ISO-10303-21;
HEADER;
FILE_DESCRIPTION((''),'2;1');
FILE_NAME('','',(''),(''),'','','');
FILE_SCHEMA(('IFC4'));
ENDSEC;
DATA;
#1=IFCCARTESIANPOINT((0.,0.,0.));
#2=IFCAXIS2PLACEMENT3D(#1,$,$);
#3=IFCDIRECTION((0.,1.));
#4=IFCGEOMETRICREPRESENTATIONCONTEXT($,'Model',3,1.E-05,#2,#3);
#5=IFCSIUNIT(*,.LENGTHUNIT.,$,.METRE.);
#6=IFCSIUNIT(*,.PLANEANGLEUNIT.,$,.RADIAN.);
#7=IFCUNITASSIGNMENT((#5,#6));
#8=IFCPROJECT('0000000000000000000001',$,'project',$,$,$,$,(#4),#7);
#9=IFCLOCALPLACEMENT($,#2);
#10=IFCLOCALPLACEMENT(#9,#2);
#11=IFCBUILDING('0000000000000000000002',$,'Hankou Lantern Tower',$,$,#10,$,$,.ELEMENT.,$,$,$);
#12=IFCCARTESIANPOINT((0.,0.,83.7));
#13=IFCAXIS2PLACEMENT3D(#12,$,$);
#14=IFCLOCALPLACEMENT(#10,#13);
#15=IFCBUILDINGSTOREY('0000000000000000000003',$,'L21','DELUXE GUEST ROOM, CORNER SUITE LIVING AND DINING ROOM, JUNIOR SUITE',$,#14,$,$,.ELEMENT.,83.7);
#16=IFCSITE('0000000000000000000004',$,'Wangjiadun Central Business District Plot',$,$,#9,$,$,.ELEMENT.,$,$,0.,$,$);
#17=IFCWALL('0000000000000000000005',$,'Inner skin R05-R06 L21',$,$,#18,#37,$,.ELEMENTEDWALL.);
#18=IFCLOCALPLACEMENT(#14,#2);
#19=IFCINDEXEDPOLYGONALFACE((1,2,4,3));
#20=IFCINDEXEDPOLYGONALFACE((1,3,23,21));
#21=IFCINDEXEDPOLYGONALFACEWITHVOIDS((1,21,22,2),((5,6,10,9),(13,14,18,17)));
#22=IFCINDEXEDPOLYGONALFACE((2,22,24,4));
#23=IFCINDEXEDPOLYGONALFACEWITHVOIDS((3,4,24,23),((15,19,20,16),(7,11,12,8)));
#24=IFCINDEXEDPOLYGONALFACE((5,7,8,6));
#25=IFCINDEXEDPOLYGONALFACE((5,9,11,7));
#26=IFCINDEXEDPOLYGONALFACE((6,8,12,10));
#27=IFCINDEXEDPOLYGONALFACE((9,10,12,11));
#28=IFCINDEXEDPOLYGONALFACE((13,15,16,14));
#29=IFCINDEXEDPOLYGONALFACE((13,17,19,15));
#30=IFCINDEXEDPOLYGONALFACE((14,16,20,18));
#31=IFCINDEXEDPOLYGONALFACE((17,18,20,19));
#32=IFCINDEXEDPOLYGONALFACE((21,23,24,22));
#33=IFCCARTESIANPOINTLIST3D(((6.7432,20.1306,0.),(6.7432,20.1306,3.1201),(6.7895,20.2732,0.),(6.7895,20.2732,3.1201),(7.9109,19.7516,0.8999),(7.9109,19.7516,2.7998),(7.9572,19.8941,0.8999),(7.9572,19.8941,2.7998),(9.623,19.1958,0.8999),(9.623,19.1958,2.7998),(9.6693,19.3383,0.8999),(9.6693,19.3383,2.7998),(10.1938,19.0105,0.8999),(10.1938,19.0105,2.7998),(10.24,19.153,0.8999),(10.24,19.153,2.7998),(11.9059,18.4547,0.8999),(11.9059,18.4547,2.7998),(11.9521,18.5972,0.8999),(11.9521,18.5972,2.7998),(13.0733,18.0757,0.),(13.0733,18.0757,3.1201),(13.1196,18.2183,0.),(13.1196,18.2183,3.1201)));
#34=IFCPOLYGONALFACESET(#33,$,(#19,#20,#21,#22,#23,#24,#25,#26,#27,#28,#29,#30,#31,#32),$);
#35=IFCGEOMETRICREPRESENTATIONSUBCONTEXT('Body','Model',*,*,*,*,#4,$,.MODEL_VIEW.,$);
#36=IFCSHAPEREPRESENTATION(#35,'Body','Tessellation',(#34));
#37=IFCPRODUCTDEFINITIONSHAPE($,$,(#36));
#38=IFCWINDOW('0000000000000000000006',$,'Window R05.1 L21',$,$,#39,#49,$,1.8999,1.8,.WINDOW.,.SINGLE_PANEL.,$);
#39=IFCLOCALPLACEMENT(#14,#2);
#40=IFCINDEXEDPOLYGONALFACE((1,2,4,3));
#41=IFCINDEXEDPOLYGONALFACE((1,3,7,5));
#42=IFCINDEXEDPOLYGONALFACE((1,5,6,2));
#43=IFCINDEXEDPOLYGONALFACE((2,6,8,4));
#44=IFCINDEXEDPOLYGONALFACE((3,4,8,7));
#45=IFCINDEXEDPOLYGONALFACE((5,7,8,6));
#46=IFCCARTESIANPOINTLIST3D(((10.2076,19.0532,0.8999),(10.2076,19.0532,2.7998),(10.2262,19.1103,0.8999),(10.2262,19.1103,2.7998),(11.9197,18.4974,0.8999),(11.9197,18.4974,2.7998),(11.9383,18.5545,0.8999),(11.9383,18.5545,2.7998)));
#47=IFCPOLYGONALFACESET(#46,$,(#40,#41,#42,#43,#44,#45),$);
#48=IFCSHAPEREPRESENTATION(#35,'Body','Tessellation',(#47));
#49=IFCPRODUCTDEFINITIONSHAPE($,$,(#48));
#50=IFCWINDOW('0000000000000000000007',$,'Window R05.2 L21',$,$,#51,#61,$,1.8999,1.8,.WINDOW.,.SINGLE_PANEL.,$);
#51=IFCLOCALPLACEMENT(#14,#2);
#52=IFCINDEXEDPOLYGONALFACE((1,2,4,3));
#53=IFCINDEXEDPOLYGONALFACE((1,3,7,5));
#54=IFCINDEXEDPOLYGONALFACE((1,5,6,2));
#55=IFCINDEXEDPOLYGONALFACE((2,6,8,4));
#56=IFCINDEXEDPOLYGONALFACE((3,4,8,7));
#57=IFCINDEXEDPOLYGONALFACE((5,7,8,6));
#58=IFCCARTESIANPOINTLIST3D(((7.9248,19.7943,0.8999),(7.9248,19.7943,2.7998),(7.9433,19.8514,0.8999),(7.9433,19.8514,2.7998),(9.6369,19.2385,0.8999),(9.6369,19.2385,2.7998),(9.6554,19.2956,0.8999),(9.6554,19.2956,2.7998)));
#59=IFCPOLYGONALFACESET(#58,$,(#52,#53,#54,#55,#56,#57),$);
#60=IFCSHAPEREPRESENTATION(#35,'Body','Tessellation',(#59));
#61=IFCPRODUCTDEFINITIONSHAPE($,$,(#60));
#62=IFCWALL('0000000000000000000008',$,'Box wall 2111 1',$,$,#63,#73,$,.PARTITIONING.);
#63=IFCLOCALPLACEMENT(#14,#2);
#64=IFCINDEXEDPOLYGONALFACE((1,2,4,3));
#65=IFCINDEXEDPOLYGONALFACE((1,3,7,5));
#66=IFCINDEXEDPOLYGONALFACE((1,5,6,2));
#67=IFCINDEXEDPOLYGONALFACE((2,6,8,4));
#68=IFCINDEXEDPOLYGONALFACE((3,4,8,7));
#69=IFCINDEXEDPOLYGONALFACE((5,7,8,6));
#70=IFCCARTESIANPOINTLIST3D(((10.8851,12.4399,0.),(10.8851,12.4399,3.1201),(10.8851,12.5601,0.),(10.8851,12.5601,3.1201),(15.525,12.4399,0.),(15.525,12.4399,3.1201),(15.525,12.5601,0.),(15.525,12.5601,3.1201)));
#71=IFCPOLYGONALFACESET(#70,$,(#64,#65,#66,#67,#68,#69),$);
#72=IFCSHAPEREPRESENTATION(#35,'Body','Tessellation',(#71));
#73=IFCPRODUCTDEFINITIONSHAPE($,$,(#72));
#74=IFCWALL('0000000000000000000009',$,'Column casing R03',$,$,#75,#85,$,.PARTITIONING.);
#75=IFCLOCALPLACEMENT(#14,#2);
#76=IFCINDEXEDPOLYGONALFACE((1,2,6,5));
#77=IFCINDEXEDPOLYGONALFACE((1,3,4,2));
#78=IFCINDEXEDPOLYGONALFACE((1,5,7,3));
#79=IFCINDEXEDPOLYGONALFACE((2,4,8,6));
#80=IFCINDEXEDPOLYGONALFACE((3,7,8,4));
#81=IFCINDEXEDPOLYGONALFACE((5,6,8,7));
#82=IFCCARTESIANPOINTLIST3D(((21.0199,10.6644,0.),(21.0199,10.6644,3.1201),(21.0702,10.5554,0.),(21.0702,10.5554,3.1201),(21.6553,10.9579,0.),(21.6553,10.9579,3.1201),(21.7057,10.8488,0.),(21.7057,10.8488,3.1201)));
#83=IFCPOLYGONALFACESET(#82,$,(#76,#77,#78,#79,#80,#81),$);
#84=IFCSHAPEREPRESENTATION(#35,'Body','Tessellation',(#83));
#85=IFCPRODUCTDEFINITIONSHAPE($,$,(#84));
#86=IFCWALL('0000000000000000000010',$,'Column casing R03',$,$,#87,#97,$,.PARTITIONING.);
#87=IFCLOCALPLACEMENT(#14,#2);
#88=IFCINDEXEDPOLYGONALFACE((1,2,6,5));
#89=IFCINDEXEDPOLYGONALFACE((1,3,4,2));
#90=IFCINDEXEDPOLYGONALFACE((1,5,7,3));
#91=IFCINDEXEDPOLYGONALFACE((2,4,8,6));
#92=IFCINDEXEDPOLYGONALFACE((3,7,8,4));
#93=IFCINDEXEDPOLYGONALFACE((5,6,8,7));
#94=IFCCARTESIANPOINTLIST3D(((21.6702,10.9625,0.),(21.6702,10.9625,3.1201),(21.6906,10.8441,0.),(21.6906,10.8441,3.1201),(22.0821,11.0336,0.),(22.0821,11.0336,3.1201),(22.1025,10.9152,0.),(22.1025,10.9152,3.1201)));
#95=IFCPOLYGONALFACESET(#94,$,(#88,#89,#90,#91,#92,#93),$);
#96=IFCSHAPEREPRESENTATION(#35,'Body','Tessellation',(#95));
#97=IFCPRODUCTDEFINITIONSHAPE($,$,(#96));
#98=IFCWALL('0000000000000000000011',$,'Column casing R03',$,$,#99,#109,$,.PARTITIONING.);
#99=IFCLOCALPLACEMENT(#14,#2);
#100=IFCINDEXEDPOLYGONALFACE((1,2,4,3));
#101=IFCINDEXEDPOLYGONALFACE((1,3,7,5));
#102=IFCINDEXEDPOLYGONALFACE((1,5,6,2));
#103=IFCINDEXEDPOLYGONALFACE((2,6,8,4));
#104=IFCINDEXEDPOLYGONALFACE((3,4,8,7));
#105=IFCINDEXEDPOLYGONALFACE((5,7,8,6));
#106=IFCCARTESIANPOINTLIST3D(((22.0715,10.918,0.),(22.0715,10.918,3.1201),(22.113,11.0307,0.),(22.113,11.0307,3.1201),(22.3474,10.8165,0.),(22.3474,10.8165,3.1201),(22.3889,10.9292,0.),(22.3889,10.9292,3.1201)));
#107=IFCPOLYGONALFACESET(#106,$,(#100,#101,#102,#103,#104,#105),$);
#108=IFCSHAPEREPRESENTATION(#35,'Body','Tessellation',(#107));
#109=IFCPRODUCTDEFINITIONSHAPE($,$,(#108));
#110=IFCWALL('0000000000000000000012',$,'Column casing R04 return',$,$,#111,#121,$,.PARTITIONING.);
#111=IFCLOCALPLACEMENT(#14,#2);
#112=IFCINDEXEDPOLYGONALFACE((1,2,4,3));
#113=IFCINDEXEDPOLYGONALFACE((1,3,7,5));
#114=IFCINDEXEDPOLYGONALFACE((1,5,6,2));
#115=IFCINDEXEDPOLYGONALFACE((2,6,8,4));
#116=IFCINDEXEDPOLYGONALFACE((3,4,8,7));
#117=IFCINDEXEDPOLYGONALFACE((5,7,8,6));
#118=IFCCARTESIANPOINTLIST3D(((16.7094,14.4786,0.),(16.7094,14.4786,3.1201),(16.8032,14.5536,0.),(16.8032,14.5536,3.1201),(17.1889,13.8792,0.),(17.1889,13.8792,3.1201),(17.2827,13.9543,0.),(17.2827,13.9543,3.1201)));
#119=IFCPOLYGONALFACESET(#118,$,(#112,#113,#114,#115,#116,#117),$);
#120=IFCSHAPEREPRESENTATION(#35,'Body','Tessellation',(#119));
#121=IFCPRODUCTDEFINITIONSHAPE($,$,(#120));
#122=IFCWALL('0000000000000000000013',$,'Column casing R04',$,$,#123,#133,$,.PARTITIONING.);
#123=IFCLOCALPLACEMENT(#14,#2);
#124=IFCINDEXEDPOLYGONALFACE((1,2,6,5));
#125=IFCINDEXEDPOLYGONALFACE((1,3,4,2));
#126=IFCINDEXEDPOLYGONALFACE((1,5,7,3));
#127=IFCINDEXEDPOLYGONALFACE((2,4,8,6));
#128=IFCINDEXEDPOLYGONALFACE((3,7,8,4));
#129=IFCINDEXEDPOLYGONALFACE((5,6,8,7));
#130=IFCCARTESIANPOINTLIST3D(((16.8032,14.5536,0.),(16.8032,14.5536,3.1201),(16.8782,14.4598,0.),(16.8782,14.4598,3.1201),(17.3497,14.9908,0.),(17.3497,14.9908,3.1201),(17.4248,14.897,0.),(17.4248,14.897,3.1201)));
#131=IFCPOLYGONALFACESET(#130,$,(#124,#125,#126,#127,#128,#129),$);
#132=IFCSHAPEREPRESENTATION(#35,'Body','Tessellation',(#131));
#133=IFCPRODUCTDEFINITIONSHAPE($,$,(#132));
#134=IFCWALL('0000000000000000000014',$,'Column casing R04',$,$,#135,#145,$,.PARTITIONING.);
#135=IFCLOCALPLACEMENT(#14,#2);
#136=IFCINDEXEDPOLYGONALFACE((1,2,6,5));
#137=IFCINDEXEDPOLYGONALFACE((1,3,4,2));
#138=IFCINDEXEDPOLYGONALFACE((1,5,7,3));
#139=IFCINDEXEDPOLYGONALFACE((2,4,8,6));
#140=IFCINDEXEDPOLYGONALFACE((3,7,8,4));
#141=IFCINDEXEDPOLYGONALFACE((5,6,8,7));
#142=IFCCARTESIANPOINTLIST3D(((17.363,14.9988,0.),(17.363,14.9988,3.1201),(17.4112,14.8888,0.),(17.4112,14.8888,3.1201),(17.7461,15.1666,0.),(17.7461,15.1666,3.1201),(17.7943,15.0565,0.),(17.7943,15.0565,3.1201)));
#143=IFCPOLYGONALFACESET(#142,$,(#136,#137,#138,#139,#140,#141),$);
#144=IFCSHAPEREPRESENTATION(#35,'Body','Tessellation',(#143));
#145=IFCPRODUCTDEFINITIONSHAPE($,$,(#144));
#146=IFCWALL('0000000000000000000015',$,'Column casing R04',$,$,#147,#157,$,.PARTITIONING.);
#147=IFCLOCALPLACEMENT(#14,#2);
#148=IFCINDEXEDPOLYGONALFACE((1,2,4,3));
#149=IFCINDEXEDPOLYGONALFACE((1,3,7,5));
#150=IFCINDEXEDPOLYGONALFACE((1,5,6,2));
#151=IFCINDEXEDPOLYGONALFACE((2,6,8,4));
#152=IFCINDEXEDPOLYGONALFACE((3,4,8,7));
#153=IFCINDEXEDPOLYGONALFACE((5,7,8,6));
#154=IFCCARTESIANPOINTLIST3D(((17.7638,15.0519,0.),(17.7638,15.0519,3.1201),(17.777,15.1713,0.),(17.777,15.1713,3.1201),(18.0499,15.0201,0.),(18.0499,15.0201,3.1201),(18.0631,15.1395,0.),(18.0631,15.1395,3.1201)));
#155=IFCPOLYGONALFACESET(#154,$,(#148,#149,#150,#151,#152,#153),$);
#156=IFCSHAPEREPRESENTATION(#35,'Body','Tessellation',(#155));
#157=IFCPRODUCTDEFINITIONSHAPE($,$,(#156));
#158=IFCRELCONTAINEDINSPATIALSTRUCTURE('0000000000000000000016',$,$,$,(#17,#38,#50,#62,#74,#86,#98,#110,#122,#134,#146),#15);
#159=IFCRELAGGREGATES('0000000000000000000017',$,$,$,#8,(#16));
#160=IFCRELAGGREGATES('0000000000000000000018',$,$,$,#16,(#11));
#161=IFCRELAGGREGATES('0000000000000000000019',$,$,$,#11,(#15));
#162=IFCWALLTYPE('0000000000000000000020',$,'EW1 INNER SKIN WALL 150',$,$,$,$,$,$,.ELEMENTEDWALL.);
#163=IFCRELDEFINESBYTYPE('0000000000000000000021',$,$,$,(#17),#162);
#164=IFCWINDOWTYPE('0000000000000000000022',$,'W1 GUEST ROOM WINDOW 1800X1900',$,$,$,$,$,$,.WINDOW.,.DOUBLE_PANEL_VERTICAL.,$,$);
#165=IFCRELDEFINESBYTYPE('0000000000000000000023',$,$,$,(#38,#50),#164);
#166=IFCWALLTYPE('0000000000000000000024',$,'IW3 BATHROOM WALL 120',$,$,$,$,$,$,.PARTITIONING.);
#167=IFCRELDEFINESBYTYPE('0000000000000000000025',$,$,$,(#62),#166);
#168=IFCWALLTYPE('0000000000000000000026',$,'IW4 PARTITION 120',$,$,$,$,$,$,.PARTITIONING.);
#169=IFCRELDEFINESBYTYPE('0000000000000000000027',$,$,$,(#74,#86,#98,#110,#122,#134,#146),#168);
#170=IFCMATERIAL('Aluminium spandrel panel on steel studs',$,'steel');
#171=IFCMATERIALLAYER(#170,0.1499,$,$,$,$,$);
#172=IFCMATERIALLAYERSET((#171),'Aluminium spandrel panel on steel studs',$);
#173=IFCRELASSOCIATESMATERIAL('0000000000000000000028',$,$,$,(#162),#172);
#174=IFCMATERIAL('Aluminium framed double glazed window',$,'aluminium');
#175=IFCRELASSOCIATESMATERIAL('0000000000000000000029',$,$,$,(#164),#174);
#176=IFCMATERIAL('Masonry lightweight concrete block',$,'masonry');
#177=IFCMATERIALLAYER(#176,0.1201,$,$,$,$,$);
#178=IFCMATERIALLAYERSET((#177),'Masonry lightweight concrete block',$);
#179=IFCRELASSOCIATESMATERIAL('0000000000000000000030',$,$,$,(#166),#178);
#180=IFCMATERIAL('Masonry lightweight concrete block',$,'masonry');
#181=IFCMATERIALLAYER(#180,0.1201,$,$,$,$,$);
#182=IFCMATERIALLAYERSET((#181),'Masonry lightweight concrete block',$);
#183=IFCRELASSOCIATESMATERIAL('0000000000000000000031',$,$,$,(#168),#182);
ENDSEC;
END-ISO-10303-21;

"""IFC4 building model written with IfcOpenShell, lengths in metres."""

from ifc_helpers import new_model, si_unit, direction, frame, frame_2d, origin, place, context, subcontext, project, spatial, rectangle, extrude, material, layer, layer_set, type_object, element, fill, save


model = new_model("IFC4")

# Units and contexts
model_context = context("Model", 3, precision=1e-05, world=origin(), true_north=direction((0.0, 1.0)))
body_context = subcontext(model_context, "Body", "Model", "MODEL_VIEW")
ifc_project = project(units=[si_unit("LENGTHUNIT", "METRE"), si_unit("PLANEANGLEUNIT", "RADIAN")], contexts=[model_context])

# Site, building, storey
site_placement = place(None, origin())
site = spatial("IfcSite", under=ifc_project, at=site_placement, Name="Wangjiadun Central Business District Plot", CompositionType="ELEMENT", RefElevation=0.0)
building_placement = place(site_placement, origin())
building = spatial("IfcBuilding", under=site, at=building_placement, Name="Hankou Lantern Tower", CompositionType="ELEMENT")
storey_placement = place(building_placement, frame((0.0, 0.0, 83.7)))
storey = spatial("IfcBuildingStorey", under=building, at=storey_placement, Name="L21", Description="DELUXE GUEST ROOM, CORNER SUITE LIVING AND DINING ROOM, JUNIOR SUITE", CompositionType="ELEMENT", Elevation=83.7)

# Wall, openings, windows
ifc_material_1 = material(Name="Aluminium spandrel panel on steel studs", Category="steel")
ifc_layer_1 = layer(ifc_material_1, 0.1499)
ifc_layer_set_1 = layer_set([ifc_layer_1], Name="Aluminium spandrel panel on steel studs")
wall_type_1 = type_object("IfcWallType", Name="EW1 INNER SKIN WALL 150", PredefinedType="ELEMENTEDWALL", material=ifc_layer_set_1)
ifc_material_2 = material(Name="Aluminium framed double glazed window", Category="aluminium")
window_type = type_object("IfcWindowType", Name="W1 GUEST ROOM WINDOW 1800X1900", PartitioningType="DOUBLE_PANEL_VERTICAL", PredefinedType="WINDOW", material=ifc_material_2)
wall_1_placement = place(storey_placement, frame((13.0964, 18.147, 0.0), z_axis=(0.0, 0.0, 1.0), x_axis=(-0.951138, 0.308768, 0.0)))
wall_1 = element("IfcWall", 1, at=wall_1_placement, inside=storey, type_object=wall_type_1, Name="Inner skin R05-R06 L21", PredefinedType="ELEMENTEDWALL", context=body_context, shape_type="SweptSolid", body=[
    extrude(rectangle(XDim=6.6553, YDim=0.1499, at=frame_2d((3.3276, 0.0))), origin(), (0.0, 0.0, 1.0), 3.1201),
])
opening_1_placement = place(wall_1_placement, frame((1.2275, 0.0, 0.8999)))
opening_1 = element("IfcOpeningElement", 2, at=opening_1_placement, cuts=wall_1, PredefinedType="OPENING", context=body_context, shape_type="SweptSolid", body=[
    extrude(rectangle(XDim=1.8, YDim=1.8999, at=frame_2d((0.8999, 0.95))), frame((0.0, 0.085, 0.0), z_axis=(0.0, -1.0, 0.0), x_axis=(1.0, 0.0, 0.0)), (0.0, 0.0, 1.0), 0.1699),
])
opening_2_placement = place(wall_1_placement, frame((3.6277, 0.0, 0.8999)))
opening_2 = element("IfcOpeningElement", 3, at=opening_2_placement, cuts=wall_1, PredefinedType="OPENING", context=body_context, shape_type="SweptSolid", body=[
    extrude(rectangle(XDim=1.8, YDim=1.8999, at=frame_2d((0.8999, 0.95))), frame((0.0, 0.085, 0.0), z_axis=(0.0, -1.0, 0.0), x_axis=(1.0, 0.0, 0.0)), (0.0, 0.0, 1.0), 0.1699),
])
window_1_placement = place(opening_1_placement, origin())
window_1 = element("IfcWindow", 4, at=window_1_placement, inside=storey, type_object=window_type, Name="Window R05.1 L21", OverallHeight=1.8999, OverallWidth=1.8, PartitioningType="SINGLE_PANEL", PredefinedType="WINDOW", context=body_context, shape_type="SweptSolid", body=[
    extrude(rectangle(XDim=1.8, YDim=1.8999, at=frame_2d((0.8999, 0.95))), frame((0.0, 0.03, 0.0), z_axis=(0.0, -1.0, 0.0), x_axis=(1.0, 0.0, 0.0)), (0.0, 0.0, 1.0), 0.0601),
])
fill(opening_1, window_1)
window_2_placement = place(opening_2_placement, origin())
window_2 = element("IfcWindow", 5, at=window_2_placement, inside=storey, type_object=window_type, Name="Window R05.2 L21", OverallHeight=1.8999, OverallWidth=1.8, PartitioningType="SINGLE_PANEL", PredefinedType="WINDOW", context=body_context, shape_type="SweptSolid", body=[
    extrude(rectangle(XDim=1.8, YDim=1.8999, at=frame_2d((0.8999, 0.95))), frame((0.0, 0.03, 0.0), z_axis=(0.0, -1.0, 0.0), x_axis=(1.0, 0.0, 0.0)), (0.0, 0.0, 1.0), 0.0601),
])
fill(opening_2, window_2)

# Walls
ifc_material_3 = material(Name="Masonry lightweight concrete block", Category="masonry")
ifc_layer_2 = layer(ifc_material_3, 0.1201)
ifc_layer_set_2 = layer_set([ifc_layer_2], Name="Masonry lightweight concrete block")
wall_type_2 = type_object("IfcWallType", Name="IW3 BATHROOM WALL 120", PredefinedType="PARTITIONING", material=ifc_layer_set_2)
wall_2_placement = place(storey_placement, frame((15.5249, 12.5, 0.0), z_axis=(0.0, 0.0, 1.0), x_axis=(-1.0, 0.0, 0.0)))
element("IfcWall", 6, at=wall_2_placement, inside=storey, type_object=wall_type_2, Name="Box wall 2111 1", PredefinedType="PARTITIONING", context=body_context, shape_type="SweptSolid", body=[
    extrude(rectangle(XDim=4.6399, YDim=0.1201, at=frame_2d((2.3198, 0.0))), origin(), (0.0, 0.0, 1.0), 3.1201),
])
ifc_material_4 = material(Name="Masonry lightweight concrete block", Category="masonry")
ifc_layer_3 = layer(ifc_material_4, 0.1201)
ifc_layer_set_3 = layer_set([ifc_layer_3], Name="Masonry lightweight concrete block")
wall_type_3 = type_object("IfcWallType", Name="IW4 PARTITION 120", PredefinedType="PARTITIONING", material=ifc_layer_set_3)
wall_3_placement = place(storey_placement, frame((21.0449, 10.6099, 0.0), z_axis=(0.0, 0.0, 1.0), x_axis=(0.907878, 0.419235, 0.0)))
element("IfcWall", 7, at=wall_3_placement, inside=storey, type_object=wall_type_3, Name="Column casing R03", PredefinedType="PARTITIONING", context=body_context, shape_type="SweptSolid", body=[
    extrude(rectangle(XDim=0.7, YDim=0.1201, at=frame_2d((0.3501, 0.0))), origin(), (0.0, 0.0, 1.0), 3.1201),
])
wall_4_placement = place(storey_placement, frame((21.6804, 10.9033, 0.0), z_axis=(0.0, 0.0, 1.0), x_axis=(0.985447, 0.169985, 0.0)))
element("IfcWall", 8, at=wall_4_placement, inside=storey, type_object=wall_type_3, Name="Column casing R03", PredefinedType="PARTITIONING", context=body_context, shape_type="SweptSolid", body=[
    extrude(rectangle(XDim=0.418, YDim=0.1201, at=frame_2d((0.209, 0.0))), origin(), (0.0, 0.0, 1.0), 3.1201),
])
wall_5_placement = place(storey_placement, frame((22.0923, 10.9744, 0.0), z_axis=(0.0, 0.0, 1.0), x_axis=(0.938428, -0.345474, 0.0)))
element("IfcWall", 9, at=wall_5_placement, inside=storey, type_object=wall_type_3, Name="Column casing R03", PredefinedType="PARTITIONING", context=body_context, shape_type="SweptSolid", body=[
    extrude(rectangle(XDim=0.2939, YDim=0.1201, at=frame_2d((0.147, 0.0))), origin(), (0.0, 0.0, 1.0), 3.1201),
])
wall_6_placement = place(storey_placement, frame((17.2358, 13.9167, 0.0), z_axis=(0.0, 0.0, 1.0), x_axis=(-0.624695, 0.780869, 0.0)))
element("IfcWall", 10, at=wall_6_placement, inside=storey, type_object=wall_type_3, Name="Column casing R04 return", PredefinedType="PARTITIONING", context=body_context, shape_type="SweptSolid", body=[
    extrude(rectangle(XDim=0.7676, YDim=0.1201, at=frame_2d((0.3838, 0.0))), origin(), (0.0, 0.0, 1.0), 3.1201),
])
wall_7_placement = place(storey_placement, frame((16.8406, 14.5066, 0.0), z_axis=(0.0, 0.0, 1.0), x_axis=(0.780903, 0.624653, 0.0)))
element("IfcWall", 11, at=wall_7_placement, inside=storey, type_object=wall_type_3, Name="Column casing R04", PredefinedType="PARTITIONING", context=body_context, shape_type="SweptSolid", body=[
    extrude(rectangle(XDim=0.7, YDim=0.1201, at=frame_2d((0.3501, 0.0))), origin(), (0.0, 0.0, 1.0), 3.1201),
])
wall_8_placement = place(storey_placement, frame((17.3872, 14.9438, 0.0), z_axis=(0.0, 0.0, 1.0), x_axis=(0.916037, 0.401094, 0.0)))
element("IfcWall", 12, at=wall_8_placement, inside=storey, type_object=wall_type_3, Name="Column casing R04", PredefinedType="PARTITIONING", context=body_context, shape_type="SweptSolid", body=[
    extrude(rectangle(XDim=0.4182, YDim=0.1201, at=frame_2d((0.209, 0.0))), origin(), (0.0, 0.0, 1.0), 3.1201),
])
wall_9_placement = place(storey_placement, frame((17.7703, 15.1116, 0.0), z_axis=(0.0, 0.0, 1.0), x_axis=(0.993904, -0.110245, 0.0)))
element("IfcWall", 13, at=wall_9_placement, inside=storey, type_object=wall_type_3, Name="Column casing R04", PredefinedType="PARTITIONING", context=body_context, shape_type="SweptSolid", body=[
    extrude(rectangle(XDim=0.2878, YDim=0.1201, at=frame_2d((0.144, 0.0))), origin(), (0.0, 0.0, 1.0), 3.1201),
])

save(model, "model.ifc")
